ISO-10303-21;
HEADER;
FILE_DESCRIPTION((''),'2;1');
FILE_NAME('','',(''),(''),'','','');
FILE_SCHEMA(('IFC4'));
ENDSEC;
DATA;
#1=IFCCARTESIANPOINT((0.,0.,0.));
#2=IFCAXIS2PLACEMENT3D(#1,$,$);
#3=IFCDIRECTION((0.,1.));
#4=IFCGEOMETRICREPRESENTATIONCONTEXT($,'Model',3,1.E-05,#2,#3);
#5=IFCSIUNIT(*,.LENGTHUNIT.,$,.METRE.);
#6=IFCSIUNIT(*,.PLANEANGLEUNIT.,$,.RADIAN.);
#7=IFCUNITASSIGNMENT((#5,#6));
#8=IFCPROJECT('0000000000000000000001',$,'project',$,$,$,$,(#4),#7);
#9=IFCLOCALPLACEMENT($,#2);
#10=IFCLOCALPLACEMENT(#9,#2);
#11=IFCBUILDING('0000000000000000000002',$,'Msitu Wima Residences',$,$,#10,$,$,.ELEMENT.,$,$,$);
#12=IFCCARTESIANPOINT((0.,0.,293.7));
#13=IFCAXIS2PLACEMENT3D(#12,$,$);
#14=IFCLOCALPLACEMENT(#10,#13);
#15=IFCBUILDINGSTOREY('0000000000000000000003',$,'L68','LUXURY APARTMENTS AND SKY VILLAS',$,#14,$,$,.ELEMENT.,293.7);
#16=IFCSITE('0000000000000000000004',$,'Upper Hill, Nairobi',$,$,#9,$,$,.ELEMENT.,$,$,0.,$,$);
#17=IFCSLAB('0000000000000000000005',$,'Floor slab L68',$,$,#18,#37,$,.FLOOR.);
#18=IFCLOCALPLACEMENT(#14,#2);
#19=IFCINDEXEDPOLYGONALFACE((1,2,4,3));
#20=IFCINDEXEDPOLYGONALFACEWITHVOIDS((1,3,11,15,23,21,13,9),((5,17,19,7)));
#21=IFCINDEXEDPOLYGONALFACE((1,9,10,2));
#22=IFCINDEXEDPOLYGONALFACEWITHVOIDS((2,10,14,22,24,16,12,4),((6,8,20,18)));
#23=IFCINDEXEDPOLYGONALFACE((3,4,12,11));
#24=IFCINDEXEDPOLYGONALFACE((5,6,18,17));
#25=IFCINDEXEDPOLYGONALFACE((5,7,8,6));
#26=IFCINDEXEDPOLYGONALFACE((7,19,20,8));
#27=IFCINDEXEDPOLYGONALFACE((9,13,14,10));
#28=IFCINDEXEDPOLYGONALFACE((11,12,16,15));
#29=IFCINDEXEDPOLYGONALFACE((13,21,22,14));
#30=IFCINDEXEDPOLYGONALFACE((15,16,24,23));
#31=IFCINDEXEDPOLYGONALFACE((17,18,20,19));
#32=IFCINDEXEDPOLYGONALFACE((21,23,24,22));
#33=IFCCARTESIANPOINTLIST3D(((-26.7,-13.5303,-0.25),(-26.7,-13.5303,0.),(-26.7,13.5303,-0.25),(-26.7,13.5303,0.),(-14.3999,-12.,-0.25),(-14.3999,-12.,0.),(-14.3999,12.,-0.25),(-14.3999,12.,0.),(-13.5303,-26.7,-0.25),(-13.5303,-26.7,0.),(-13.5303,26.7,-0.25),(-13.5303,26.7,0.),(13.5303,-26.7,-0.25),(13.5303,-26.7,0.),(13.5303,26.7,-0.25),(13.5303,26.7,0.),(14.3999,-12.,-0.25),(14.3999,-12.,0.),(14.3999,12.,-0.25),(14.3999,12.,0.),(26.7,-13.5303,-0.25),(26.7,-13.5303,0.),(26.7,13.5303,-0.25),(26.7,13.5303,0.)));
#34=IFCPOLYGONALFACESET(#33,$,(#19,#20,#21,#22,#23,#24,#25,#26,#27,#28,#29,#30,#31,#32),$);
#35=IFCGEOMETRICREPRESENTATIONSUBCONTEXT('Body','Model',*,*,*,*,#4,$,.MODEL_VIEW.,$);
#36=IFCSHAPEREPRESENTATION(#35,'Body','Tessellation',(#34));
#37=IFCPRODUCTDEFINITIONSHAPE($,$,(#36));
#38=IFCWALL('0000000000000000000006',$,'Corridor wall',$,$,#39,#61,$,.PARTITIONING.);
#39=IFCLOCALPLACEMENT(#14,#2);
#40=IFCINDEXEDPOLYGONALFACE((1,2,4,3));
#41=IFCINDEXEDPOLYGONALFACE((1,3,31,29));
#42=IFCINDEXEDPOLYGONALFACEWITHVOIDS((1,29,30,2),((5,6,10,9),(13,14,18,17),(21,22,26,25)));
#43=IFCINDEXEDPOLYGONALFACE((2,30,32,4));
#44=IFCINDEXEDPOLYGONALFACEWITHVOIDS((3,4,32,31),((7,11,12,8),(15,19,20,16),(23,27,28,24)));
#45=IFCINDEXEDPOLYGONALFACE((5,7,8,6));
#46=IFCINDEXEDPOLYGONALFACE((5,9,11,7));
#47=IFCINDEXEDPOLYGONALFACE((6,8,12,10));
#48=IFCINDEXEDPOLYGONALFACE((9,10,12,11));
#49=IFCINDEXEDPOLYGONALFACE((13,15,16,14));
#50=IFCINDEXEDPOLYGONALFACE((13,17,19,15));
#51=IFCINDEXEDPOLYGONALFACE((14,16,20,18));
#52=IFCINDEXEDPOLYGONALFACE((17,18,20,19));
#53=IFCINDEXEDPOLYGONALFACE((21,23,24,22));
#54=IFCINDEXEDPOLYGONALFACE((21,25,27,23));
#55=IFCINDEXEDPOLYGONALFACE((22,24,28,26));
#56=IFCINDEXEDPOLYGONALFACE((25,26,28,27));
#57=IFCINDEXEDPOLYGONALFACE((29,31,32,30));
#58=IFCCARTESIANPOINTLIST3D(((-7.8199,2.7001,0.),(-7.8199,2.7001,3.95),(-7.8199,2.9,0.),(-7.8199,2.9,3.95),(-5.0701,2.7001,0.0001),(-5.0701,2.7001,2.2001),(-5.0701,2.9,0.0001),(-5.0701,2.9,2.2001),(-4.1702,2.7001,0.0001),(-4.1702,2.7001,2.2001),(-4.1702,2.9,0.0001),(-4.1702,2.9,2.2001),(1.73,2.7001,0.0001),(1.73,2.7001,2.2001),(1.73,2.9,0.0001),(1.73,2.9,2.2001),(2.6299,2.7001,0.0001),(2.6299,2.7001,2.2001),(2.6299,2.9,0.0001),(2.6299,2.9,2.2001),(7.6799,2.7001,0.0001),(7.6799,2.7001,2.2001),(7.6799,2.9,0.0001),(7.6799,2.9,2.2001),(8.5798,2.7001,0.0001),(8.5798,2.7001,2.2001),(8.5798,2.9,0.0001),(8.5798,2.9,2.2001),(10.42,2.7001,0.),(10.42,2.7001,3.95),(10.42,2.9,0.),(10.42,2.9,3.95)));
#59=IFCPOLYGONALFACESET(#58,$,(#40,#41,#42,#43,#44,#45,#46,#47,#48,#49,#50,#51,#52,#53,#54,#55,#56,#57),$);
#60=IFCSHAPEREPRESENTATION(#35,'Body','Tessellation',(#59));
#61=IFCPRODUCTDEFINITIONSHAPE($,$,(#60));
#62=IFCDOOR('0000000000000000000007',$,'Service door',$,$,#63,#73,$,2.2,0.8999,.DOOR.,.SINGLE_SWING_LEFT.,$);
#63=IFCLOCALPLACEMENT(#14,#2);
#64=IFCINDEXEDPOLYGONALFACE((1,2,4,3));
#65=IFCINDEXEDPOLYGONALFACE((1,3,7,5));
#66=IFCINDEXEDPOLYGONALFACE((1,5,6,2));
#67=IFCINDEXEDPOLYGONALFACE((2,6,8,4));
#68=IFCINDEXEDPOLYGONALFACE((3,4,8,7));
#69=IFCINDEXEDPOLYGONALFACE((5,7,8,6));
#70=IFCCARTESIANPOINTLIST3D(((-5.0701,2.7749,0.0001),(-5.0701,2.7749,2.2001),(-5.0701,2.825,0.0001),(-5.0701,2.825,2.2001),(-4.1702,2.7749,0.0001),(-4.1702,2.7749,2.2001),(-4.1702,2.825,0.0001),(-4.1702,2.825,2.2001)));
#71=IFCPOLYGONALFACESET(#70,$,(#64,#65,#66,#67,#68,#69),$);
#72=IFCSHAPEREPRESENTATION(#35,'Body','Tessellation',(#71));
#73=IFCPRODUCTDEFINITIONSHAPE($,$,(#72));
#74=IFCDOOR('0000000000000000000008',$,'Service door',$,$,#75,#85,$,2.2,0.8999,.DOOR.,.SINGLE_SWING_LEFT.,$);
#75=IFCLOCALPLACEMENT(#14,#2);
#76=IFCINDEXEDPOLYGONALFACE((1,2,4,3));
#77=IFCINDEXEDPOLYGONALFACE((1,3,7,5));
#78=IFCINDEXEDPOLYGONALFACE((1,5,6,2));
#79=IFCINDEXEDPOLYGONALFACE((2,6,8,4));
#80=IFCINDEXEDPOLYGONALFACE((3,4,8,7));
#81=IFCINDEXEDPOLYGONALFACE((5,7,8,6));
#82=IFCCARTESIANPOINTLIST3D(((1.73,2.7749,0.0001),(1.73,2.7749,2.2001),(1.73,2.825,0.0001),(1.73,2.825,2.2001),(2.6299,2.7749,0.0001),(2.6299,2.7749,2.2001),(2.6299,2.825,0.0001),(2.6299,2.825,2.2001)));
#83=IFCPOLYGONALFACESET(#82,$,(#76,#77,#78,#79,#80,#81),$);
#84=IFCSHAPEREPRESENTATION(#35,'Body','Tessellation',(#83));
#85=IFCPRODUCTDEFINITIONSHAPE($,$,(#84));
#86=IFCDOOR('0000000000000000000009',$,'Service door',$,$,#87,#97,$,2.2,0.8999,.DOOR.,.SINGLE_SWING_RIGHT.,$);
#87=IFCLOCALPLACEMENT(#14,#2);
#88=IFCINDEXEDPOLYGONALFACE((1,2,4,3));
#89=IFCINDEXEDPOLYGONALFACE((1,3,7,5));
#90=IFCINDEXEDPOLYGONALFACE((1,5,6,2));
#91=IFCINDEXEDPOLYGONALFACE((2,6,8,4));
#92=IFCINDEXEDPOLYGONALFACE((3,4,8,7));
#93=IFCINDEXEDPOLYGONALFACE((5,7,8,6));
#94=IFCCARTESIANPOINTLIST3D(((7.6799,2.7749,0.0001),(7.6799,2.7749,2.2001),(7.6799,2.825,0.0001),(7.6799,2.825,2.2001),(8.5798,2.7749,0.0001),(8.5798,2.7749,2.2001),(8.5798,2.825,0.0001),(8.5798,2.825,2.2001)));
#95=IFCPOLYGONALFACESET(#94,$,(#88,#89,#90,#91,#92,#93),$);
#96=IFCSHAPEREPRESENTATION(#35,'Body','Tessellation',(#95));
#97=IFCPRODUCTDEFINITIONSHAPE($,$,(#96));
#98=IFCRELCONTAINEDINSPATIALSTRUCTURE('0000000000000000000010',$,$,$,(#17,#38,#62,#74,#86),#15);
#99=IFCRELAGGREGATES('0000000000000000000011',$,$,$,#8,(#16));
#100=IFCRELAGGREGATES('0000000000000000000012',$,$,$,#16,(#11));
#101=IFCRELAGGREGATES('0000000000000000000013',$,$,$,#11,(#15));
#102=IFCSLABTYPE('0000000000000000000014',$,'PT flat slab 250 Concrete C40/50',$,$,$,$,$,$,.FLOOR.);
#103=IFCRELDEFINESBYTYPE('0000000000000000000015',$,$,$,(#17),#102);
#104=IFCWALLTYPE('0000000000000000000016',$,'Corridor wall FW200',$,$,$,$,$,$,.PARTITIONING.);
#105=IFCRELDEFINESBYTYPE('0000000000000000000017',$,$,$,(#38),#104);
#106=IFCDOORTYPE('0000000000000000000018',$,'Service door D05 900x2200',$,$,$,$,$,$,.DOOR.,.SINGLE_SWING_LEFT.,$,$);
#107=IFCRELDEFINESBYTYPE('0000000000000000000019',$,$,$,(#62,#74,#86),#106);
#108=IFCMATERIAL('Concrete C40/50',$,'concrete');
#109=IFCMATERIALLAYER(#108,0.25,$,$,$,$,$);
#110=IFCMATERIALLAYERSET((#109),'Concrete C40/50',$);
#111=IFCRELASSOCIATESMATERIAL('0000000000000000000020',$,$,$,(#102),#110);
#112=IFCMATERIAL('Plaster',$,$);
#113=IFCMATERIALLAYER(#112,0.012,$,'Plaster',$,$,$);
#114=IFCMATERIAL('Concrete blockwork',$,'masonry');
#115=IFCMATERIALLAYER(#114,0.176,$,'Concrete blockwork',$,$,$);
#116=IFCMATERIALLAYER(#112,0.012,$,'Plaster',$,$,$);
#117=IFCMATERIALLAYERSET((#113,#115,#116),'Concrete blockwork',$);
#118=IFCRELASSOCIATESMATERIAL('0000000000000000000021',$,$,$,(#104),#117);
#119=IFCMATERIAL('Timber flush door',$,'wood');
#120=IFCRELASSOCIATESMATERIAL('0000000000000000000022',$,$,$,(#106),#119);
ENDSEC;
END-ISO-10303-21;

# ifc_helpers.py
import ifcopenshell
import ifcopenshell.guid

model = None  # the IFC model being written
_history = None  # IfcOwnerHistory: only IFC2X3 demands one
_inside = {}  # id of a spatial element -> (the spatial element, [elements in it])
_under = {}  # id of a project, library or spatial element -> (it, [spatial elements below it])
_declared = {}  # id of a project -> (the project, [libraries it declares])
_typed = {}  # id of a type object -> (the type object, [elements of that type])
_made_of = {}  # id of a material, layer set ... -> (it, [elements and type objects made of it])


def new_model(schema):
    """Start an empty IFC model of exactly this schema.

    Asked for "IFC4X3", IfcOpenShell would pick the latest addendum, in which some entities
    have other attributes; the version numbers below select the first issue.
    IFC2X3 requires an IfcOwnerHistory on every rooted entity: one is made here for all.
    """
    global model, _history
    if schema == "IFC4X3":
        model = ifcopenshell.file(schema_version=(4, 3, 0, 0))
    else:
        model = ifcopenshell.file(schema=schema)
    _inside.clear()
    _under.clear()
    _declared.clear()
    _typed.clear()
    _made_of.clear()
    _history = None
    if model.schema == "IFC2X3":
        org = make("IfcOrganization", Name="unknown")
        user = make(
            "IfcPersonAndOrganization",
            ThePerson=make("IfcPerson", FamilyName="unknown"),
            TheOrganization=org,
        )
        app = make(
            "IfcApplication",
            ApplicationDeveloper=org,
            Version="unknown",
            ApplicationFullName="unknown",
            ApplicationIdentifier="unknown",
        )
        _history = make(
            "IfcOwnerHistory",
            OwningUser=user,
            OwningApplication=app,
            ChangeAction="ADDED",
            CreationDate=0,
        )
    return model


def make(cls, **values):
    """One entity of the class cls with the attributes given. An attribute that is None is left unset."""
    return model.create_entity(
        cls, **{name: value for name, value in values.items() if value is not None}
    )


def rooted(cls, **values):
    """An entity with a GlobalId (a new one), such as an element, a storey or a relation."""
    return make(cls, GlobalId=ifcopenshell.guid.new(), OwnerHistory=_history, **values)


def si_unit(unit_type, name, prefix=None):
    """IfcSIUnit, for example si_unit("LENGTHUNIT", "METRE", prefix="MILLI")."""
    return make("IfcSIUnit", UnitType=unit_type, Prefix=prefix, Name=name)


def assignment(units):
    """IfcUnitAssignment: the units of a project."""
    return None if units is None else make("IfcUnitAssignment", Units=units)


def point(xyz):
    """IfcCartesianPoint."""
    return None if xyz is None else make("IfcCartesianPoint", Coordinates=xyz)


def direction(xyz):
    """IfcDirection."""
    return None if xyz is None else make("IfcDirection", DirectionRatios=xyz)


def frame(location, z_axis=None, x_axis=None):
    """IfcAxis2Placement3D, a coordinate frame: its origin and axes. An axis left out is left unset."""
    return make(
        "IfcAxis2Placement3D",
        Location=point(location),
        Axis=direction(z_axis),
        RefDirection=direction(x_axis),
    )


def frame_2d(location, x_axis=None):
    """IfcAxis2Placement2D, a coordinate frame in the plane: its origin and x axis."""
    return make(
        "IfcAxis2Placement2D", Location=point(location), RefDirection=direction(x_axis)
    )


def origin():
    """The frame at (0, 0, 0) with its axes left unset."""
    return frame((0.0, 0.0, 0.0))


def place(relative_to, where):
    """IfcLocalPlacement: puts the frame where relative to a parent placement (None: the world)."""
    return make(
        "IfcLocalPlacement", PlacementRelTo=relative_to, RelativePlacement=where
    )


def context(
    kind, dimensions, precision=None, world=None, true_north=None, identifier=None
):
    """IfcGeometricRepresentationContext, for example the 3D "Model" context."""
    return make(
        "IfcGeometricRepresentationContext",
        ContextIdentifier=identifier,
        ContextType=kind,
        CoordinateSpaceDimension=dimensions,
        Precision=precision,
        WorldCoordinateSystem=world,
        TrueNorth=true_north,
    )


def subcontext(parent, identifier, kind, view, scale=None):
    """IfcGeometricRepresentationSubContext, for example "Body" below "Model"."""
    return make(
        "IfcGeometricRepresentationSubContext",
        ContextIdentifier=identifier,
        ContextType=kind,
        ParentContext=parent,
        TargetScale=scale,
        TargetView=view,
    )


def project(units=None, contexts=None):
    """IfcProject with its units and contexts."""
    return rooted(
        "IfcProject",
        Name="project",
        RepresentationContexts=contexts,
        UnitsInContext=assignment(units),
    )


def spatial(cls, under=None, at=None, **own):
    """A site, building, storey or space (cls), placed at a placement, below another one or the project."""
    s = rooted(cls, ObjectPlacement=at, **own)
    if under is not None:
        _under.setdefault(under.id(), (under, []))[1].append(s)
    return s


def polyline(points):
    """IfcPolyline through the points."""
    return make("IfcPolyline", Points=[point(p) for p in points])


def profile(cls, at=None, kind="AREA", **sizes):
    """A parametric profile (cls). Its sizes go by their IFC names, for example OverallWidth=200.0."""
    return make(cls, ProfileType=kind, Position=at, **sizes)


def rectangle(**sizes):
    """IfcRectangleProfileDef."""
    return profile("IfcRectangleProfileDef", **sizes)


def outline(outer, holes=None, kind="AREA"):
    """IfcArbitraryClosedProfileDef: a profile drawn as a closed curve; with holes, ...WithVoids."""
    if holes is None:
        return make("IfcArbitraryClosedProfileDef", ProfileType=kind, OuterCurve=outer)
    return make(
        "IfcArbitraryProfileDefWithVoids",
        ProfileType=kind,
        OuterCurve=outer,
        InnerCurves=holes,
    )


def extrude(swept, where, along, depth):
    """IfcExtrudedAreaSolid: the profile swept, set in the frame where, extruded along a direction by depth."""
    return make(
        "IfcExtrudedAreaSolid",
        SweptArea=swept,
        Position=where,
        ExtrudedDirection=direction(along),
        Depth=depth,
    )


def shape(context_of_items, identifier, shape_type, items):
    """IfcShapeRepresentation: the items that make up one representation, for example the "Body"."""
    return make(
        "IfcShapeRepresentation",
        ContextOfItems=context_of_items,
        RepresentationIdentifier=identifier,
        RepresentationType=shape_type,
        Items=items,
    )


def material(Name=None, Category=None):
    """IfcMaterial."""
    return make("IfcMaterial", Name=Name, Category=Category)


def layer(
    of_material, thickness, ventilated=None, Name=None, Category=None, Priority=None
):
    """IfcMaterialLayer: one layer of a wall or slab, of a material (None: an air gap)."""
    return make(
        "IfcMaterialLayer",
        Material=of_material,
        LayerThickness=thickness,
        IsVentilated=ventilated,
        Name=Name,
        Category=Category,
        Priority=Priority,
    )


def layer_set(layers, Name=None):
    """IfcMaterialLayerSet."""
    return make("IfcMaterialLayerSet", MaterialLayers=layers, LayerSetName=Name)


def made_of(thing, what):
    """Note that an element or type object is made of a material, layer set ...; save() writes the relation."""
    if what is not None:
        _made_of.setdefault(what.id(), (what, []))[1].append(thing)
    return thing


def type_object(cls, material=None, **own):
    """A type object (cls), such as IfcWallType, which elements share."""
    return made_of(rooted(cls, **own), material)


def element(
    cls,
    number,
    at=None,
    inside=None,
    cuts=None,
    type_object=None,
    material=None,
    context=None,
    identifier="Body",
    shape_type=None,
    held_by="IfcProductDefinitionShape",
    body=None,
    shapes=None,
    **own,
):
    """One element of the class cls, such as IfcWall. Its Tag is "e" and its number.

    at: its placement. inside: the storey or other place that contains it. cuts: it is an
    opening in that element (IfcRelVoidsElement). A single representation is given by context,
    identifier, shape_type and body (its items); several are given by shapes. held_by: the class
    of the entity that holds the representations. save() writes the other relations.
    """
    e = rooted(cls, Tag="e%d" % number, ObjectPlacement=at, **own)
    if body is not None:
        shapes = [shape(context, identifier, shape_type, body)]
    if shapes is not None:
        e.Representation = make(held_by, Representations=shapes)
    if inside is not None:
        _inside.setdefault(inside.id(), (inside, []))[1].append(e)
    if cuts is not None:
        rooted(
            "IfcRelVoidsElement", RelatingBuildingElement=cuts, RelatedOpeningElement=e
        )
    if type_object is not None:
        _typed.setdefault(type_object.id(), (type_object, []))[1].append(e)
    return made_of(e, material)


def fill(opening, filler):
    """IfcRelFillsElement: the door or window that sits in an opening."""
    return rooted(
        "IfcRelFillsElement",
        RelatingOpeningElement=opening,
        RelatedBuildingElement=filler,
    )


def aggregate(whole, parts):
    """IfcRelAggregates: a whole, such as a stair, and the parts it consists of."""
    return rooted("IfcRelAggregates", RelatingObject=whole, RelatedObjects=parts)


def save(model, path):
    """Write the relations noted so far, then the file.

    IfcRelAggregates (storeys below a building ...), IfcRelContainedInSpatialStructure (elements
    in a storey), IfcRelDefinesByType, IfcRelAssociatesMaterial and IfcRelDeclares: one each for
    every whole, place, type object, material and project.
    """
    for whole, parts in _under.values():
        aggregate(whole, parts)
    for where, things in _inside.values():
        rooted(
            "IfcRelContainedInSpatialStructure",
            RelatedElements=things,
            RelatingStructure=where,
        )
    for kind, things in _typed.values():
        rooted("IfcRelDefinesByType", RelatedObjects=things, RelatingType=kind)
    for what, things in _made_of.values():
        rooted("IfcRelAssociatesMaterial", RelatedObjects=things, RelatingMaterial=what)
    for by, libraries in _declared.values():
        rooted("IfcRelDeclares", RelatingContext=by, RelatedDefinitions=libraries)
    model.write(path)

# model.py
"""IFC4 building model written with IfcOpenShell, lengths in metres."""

from ifc_helpers import new_model, si_unit, direction, frame, frame_2d, origin, place, context, subcontext, project, spatial, polyline, rectangle, outline, extrude, material, layer, layer_set, type_object, element, fill, save


model = new_model("IFC4")

# Units and contexts
model_context = context("Model", 3, precision=1e-05, world=origin(), true_north=direction((0.0, 1.0)))
body_context = subcontext(model_context, "Body", "Model", "MODEL_VIEW")
ifc_project = project(units=[si_unit("LENGTHUNIT", "METRE"), si_unit("PLANEANGLEUNIT", "RADIAN")], contexts=[model_context])

# Site, building, storey
site_placement = place(None, origin())
site = spatial("IfcSite", under=ifc_project, at=site_placement, Name="Upper Hill, Nairobi", CompositionType="ELEMENT", RefElevation=0.0)
building_placement = place(site_placement, origin())
building = spatial("IfcBuilding", under=site, at=building_placement, Name="Msitu Wima Residences", CompositionType="ELEMENT")
storey_placement = place(building_placement, frame((0.0, 0.0, 293.7)))
storey = spatial("IfcBuildingStorey", under=building, at=storey_placement, Name="L68", Description="LUXURY APARTMENTS AND SKY VILLAS", CompositionType="ELEMENT", Elevation=293.7)

# Shared definitions
ifc_material_1 = material(Name="Concrete C40/50", Category="concrete")

# Slab
ifc_layer_1 = layer(ifc_material_1, 0.25)
ifc_layer_set_1 = layer_set([ifc_layer_1], Name="Concrete C40/50")
slab_type_1 = type_object("IfcSlabType", Name="PT flat slab 250 Concrete C40/50", PredefinedType="FLOOR", material=ifc_layer_set_1)
slab_1_placement = place(storey_placement, frame((0.0, 0.0, -0.25)))
element("IfcSlab", 1, at=slab_1_placement, inside=storey, type_object=slab_type_1, Name="Floor slab L68", PredefinedType="FLOOR", context=body_context, shape_type="SweptSolid", body=[
    extrude(outline(polyline([(26.7, -13.5303), (13.5303, -26.7), (-13.5303, -26.7), (-26.7, -13.5303), (-26.7, 13.5303), (-13.5303, 26.7), (13.5303, 26.7), (26.7, 13.5303), (26.7, -13.5303)]), holes=[polyline([(-14.3999, -12.0), (14.3999, -12.0), (14.3999, 12.0), (-14.3999, 12.0), (-14.3999, -12.0)])]), origin(), (0.0, 0.0, 1.0), 0.25),
])

# Wall, openings, doors
ifc_material_2 = material(Name="Plaster")
ifc_layer_2 = layer(ifc_material_2, 0.012, Name="Plaster")
ifc_material_3 = material(Name="Concrete blockwork", Category="masonry")
ifc_layer_3 = layer(ifc_material_3, 0.176, Name="Concrete blockwork")
ifc_layer_4 = layer(ifc_material_2, 0.012, Name="Plaster")
ifc_layer_set_2 = layer_set([ifc_layer_2, ifc_layer_3, ifc_layer_4], Name="Concrete blockwork")
wall_type_1 = type_object("IfcWallType", Name="Corridor wall FW200", PredefinedType="PARTITIONING", material=ifc_layer_set_2)
wall_1_placement = place(storey_placement, frame((-7.8201, 2.8, 0.0), z_axis=(0.0, 0.0, 1.0), x_axis=(1.0, 0.0, 0.0)))
wall_1 = element("IfcWall", 2, at=wall_1_placement, inside=storey, type_object=wall_type_1, Name="Corridor wall", PredefinedType="PARTITIONING", context=body_context, shape_type="SweptSolid", body=[
    extrude(rectangle(XDim=18.24, YDim=0.2, at=frame_2d((9.1201, 0.0))), origin(), (0.0, 0.0, 1.0), 3.95),
])
opening_1_placement = place(wall_1_placement, frame((2.75, 0.0, 0.0)))
opening_1 = element("IfcOpeningElement", 3, at=opening_1_placement, cuts=wall_1, PredefinedType="OPENING", context=body_context, shape_type="SweptSolid", body=[
    extrude(rectangle(XDim=0.8999, YDim=2.2, at=frame_2d((0.45, 1.1001))), frame((0.0, 0.1099, 0.0), z_axis=(0.0, -1.0, 0.0), x_axis=(1.0, 0.0, 0.0)), (0.0, 0.0, 1.0), 0.22),
])
opening_2_placement = place(wall_1_placement, frame((9.55, 0.0, 0.0)))
opening_2 = element("IfcOpeningElement", 4, at=opening_2_placement, cuts=wall_1, PredefinedType="OPENING", context=body_context, shape_type="SweptSolid", body=[
    extrude(rectangle(XDim=0.8999, YDim=2.2, at=frame_2d((0.45, 1.1001))), frame((0.0, 0.1099, 0.0), z_axis=(0.0, -1.0, 0.0), x_axis=(1.0, 0.0, 0.0)), (0.0, 0.0, 1.0), 0.22),
])
opening_3_placement = place(wall_1_placement, frame((15.5, 0.0, 0.0)))
opening_3 = element("IfcOpeningElement", 5, at=opening_3_placement, cuts=wall_1, PredefinedType="OPENING", context=body_context, shape_type="SweptSolid", body=[
    extrude(rectangle(XDim=0.8999, YDim=2.2, at=frame_2d((0.45, 1.1001))), frame((0.0, 0.1099, 0.0), z_axis=(0.0, -1.0, 0.0), x_axis=(1.0, 0.0, 0.0)), (0.0, 0.0, 1.0), 0.22),
])
ifc_material_4 = material(Name="Timber flush door", Category="wood")
door_type_1 = type_object("IfcDoorType", Name="Service door D05 900x2200", OperationType="SINGLE_SWING_LEFT", PredefinedType="DOOR", material=ifc_material_4)
door_1_placement = place(opening_1_placement, origin())
door_1 = element("IfcDoor", 6, at=door_1_placement, inside=storey, type_object=door_type_1, Name="Service door", OperationType="SINGLE_SWING_LEFT", OverallHeight=2.2, OverallWidth=0.8999, PredefinedType="DOOR", context=body_context, shape_type="SweptSolid", body=[
    extrude(rectangle(XDim=0.8999, YDim=2.2, at=frame_2d((0.45, 1.1001))), frame((0.0, 0.0249, 0.0), z_axis=(0.0, -1.0, 0.0), x_axis=(1.0, 0.0, 0.0)), (0.0, 0.0, 1.0), 0.05),
])
fill(opening_1, door_1)
door_2_placement = place(opening_2_placement, origin())
door_2 = element("IfcDoor", 7, at=door_2_placement, inside=storey, type_object=door_type_1, Name="Service door", OperationType="SINGLE_SWING_LEFT", OverallHeight=2.2, OverallWidth=0.8999, PredefinedType="DOOR", context=body_context, shape_type="SweptSolid", body=[
    extrude(rectangle(XDim=0.8999, YDim=2.2, at=frame_2d((0.45, 1.1001))), frame((0.0, 0.0249, 0.0), z_axis=(0.0, -1.0, 0.0), x_axis=(1.0, 0.0, 0.0)), (0.0, 0.0, 1.0), 0.05),
])
fill(opening_2, door_2)
door_3_placement = place(opening_3_placement, origin())
door_3 = element("IfcDoor", 8, at=door_3_placement, inside=storey, type_object=door_type_1, Name="Service door", OperationType="SINGLE_SWING_RIGHT", OverallHeight=2.2, OverallWidth=0.8999, PredefinedType="DOOR", context=body_context, shape_type="SweptSolid", body=[
    extrude(rectangle(XDim=0.8999, YDim=2.2, at=frame_2d((0.45, 1.1001))), frame((0.0, 0.0249, 0.0), z_axis=(0.0, -1.0, 0.0), x_axis=(1.0, 0.0, 0.0)), (0.0, 0.0, 1.0), 0.05),
])
fill(opening_3, door_3)

save(model, "model.ifc")
